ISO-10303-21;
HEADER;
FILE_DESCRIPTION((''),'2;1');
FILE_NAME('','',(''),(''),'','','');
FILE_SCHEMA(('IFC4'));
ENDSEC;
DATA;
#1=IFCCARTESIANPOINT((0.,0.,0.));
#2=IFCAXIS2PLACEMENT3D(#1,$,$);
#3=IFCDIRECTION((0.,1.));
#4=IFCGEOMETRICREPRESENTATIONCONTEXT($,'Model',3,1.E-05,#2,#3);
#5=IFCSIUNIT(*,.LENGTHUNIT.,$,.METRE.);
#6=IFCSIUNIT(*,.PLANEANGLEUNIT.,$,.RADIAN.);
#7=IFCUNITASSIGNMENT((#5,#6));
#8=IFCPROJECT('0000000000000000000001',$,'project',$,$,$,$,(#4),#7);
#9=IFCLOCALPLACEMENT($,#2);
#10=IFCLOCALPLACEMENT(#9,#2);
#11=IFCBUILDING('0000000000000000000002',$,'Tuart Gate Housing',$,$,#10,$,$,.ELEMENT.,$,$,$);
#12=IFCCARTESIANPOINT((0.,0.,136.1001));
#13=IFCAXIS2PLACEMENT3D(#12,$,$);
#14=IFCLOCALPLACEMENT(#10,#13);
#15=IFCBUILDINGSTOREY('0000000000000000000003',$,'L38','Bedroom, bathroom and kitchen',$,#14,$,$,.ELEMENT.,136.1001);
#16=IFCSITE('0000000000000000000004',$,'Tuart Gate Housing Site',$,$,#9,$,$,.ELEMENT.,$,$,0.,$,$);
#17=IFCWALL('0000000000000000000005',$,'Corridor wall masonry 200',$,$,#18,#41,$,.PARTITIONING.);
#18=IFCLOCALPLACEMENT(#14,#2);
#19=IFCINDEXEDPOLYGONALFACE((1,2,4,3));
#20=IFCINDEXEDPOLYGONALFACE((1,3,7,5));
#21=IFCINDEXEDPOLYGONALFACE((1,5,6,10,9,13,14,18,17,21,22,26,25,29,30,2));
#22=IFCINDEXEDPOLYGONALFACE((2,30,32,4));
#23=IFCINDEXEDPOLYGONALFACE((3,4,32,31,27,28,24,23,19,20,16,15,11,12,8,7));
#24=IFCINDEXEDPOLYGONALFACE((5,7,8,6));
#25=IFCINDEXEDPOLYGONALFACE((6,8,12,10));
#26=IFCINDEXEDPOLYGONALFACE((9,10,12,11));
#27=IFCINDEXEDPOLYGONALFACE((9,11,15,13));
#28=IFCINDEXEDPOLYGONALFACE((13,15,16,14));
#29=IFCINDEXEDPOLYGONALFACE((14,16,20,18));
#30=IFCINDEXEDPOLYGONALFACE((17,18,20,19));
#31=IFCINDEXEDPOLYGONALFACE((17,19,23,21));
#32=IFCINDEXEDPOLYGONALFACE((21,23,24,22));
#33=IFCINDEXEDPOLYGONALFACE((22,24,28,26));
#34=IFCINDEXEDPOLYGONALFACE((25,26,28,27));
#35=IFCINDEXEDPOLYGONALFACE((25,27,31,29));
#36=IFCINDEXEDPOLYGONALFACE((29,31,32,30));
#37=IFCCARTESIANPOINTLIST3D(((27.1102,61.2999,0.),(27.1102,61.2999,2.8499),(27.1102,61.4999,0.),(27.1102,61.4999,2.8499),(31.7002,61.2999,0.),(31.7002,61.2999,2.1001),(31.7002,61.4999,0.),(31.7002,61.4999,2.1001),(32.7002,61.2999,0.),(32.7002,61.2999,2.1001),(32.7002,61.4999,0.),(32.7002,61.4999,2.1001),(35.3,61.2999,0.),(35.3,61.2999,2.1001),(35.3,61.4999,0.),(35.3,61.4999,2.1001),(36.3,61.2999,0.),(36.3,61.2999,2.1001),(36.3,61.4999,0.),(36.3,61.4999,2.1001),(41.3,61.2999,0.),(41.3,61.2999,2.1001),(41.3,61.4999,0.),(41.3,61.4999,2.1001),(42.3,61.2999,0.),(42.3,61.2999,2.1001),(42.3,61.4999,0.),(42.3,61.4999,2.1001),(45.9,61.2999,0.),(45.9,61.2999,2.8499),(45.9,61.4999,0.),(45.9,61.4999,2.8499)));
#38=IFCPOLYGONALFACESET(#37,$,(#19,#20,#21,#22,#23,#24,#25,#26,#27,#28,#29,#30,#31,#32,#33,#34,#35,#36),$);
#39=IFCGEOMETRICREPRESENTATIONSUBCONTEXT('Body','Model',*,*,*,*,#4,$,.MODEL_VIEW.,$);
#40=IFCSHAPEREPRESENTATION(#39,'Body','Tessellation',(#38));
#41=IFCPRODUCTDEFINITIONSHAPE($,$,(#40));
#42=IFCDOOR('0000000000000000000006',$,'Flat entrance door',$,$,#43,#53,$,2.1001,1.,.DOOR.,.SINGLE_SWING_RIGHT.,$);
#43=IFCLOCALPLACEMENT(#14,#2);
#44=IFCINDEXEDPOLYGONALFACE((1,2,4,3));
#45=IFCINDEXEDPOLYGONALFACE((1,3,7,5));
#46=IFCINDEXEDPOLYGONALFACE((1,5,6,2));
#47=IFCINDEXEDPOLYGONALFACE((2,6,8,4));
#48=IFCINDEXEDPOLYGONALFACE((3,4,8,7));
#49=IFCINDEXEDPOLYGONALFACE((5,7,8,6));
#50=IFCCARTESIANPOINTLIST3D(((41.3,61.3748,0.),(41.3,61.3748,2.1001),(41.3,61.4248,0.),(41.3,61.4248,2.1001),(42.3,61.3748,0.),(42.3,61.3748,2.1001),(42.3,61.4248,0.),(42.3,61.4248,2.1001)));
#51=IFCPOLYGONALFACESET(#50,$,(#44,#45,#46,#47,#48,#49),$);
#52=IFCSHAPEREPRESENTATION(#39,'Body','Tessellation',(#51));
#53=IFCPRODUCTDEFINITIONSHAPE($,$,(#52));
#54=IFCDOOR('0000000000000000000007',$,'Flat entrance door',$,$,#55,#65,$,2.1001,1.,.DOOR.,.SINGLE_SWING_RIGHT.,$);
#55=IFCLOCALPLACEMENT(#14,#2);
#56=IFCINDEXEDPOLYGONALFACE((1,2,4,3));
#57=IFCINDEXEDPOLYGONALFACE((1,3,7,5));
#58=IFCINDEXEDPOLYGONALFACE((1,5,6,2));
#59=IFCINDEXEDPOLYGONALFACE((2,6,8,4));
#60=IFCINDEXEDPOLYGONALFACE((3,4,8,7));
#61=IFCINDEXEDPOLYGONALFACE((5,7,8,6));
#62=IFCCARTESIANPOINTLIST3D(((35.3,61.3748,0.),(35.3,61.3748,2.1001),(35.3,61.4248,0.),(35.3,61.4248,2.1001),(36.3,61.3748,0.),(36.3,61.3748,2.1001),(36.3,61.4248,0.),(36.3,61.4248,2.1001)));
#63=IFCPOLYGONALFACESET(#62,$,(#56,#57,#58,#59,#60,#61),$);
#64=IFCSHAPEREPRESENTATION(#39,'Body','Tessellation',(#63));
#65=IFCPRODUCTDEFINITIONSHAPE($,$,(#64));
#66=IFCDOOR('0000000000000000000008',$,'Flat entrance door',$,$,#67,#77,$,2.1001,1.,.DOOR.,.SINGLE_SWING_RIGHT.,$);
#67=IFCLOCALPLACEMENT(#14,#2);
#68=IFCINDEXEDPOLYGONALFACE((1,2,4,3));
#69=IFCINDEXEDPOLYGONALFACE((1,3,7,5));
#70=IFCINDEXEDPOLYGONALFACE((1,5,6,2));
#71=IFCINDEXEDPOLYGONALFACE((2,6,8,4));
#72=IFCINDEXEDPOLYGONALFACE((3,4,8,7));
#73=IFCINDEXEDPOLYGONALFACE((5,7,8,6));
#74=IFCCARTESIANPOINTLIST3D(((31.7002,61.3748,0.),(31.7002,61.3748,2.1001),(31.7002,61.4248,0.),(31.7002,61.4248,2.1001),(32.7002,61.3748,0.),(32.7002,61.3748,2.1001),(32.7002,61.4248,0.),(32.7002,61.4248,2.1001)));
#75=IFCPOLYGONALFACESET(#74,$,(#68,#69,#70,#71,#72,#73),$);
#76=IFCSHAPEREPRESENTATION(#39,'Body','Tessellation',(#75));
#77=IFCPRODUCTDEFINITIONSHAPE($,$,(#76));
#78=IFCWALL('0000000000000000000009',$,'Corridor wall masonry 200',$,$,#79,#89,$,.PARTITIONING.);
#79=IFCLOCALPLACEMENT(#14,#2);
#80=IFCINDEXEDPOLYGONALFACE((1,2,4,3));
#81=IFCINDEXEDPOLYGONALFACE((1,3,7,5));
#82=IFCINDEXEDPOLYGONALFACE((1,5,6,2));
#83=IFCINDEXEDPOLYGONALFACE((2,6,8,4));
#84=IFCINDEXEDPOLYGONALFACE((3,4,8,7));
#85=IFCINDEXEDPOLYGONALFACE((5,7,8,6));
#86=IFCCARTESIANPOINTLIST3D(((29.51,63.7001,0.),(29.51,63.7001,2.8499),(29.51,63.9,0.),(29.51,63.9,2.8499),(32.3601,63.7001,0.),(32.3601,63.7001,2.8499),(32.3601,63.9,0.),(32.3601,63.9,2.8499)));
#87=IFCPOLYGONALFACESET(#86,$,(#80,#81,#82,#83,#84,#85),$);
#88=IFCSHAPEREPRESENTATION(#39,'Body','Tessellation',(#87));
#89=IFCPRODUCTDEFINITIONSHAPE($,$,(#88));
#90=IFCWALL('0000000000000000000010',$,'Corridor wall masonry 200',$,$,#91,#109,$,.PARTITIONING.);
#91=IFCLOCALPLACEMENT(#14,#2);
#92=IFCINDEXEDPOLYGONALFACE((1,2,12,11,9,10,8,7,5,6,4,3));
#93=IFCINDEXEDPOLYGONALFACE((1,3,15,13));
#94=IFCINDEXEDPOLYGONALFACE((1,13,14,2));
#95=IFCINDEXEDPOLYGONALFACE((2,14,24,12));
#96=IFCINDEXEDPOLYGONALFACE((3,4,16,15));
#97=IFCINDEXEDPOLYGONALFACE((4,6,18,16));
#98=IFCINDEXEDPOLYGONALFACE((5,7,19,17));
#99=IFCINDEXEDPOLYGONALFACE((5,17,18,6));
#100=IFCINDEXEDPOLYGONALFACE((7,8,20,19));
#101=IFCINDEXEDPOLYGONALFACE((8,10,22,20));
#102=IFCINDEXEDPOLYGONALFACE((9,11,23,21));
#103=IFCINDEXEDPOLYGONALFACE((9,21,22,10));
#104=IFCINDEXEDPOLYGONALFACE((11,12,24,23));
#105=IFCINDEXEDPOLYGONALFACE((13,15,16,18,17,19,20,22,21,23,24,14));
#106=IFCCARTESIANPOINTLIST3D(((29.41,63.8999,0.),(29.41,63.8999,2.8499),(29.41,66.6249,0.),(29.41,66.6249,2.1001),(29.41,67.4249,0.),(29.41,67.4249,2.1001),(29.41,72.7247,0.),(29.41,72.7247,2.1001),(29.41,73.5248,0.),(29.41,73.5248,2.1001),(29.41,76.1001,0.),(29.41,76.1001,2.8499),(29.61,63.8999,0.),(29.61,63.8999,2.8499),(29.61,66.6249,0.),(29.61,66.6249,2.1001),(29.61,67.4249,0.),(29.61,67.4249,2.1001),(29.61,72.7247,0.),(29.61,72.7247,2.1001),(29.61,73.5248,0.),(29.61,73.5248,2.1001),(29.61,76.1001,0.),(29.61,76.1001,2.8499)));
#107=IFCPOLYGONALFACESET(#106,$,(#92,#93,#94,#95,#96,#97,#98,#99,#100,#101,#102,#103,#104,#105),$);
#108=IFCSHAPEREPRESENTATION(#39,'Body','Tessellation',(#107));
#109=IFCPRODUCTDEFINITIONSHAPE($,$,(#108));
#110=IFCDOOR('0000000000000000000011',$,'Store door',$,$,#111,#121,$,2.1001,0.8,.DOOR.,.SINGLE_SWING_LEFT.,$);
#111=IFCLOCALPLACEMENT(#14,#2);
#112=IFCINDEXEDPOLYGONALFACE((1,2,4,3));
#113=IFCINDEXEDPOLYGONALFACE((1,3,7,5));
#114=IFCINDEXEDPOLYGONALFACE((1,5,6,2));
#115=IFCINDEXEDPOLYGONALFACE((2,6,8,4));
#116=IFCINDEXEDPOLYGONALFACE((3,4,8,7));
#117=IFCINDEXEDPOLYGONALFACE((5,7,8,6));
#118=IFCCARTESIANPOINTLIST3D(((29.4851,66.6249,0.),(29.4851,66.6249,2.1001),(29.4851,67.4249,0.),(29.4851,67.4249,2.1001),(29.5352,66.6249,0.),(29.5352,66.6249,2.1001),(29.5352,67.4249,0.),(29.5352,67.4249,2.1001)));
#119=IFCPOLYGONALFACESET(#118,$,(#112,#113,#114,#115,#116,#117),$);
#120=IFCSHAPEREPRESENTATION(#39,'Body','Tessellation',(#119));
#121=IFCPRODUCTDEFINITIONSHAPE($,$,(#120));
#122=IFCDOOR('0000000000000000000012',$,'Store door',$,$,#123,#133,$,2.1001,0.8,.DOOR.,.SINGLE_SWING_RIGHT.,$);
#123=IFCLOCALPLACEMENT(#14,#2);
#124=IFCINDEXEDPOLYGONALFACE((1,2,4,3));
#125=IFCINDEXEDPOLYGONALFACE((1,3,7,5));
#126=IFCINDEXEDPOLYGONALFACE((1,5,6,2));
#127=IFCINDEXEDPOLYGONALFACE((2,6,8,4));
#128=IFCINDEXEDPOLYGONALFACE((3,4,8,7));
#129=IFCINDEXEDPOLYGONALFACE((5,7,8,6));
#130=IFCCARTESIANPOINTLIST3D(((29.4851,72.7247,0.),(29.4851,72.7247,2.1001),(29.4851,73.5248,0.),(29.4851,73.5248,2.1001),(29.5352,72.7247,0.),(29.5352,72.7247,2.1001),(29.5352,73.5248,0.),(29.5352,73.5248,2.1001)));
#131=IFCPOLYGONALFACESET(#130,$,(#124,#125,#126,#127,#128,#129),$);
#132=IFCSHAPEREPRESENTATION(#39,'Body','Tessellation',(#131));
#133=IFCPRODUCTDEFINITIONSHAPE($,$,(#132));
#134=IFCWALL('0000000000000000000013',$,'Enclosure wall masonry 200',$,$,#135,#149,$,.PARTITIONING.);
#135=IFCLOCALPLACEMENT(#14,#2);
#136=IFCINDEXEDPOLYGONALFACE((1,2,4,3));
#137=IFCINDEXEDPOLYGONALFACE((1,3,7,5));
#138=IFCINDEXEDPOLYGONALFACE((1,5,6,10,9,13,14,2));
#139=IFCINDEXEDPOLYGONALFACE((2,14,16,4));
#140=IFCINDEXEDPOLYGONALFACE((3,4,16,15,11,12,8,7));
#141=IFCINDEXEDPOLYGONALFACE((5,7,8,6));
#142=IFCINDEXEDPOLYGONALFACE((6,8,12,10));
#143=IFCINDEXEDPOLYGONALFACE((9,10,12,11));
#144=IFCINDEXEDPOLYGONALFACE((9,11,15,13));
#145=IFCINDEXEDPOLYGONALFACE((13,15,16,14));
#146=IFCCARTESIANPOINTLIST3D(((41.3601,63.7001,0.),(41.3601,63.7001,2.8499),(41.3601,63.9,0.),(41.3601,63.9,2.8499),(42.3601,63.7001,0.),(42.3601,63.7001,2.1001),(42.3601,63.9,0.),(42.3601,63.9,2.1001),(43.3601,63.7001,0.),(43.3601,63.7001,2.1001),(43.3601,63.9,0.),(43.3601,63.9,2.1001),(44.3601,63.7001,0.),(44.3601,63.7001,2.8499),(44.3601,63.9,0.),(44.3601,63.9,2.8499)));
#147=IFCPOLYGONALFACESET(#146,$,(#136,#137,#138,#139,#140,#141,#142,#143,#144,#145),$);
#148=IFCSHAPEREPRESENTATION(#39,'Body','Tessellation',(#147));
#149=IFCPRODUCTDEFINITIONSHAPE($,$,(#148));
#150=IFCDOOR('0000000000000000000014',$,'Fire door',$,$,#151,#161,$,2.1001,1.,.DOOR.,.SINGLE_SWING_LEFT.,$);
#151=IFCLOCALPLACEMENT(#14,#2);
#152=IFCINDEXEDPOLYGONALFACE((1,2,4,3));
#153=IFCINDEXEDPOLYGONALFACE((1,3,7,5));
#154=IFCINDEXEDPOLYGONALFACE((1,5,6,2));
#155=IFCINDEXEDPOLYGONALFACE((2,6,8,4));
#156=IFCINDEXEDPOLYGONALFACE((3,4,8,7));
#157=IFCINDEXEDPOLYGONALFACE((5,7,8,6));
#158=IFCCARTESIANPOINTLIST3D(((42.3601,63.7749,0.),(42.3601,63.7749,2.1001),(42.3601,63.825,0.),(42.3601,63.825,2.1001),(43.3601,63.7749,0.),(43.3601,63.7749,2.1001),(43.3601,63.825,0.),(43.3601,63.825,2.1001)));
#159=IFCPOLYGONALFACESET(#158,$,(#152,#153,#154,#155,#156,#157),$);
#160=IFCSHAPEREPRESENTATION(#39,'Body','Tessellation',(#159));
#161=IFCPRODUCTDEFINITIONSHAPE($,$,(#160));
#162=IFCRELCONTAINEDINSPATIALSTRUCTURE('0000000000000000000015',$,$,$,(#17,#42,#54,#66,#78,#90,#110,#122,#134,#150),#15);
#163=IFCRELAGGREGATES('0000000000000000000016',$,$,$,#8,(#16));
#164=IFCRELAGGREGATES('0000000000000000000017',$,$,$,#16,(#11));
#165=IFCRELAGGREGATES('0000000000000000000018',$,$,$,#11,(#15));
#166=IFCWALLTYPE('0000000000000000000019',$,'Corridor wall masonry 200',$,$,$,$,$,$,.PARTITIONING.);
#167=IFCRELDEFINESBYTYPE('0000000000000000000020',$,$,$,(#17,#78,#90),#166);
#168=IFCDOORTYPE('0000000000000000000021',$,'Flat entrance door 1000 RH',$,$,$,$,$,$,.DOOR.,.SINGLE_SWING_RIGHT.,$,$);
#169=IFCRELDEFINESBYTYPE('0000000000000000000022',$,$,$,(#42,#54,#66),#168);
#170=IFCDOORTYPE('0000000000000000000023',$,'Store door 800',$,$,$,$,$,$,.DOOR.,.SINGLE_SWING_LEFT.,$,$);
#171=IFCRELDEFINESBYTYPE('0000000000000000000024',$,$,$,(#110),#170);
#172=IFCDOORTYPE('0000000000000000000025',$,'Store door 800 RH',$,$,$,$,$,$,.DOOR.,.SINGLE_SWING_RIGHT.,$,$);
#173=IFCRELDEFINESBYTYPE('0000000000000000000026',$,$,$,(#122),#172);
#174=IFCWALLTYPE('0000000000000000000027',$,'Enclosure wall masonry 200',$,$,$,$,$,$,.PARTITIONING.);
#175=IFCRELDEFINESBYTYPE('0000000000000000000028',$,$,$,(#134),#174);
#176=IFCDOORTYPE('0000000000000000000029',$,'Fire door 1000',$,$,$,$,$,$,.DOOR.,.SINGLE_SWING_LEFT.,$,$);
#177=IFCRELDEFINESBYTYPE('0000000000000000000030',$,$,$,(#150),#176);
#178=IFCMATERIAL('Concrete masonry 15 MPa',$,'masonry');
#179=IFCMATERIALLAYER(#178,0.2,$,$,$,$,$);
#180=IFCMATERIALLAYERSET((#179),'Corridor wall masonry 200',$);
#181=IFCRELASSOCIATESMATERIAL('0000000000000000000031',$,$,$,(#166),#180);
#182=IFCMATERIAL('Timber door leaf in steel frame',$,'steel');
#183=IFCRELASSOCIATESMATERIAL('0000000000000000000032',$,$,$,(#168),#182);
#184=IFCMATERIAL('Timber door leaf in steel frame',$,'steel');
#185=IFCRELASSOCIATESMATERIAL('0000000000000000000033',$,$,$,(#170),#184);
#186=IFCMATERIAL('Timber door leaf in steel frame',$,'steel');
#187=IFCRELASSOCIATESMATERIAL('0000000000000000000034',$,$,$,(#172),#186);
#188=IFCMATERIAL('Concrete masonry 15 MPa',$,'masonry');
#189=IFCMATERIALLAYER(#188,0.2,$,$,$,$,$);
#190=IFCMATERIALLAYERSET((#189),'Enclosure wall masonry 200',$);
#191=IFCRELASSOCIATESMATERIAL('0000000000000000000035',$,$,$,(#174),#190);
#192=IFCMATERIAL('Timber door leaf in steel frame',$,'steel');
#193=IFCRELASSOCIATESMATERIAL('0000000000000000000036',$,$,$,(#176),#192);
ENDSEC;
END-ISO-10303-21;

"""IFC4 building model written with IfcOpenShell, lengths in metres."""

from ifc_helpers import new_model, si_unit, direction, frame, frame_2d, origin, place, context, subcontext, project, spatial, rectangle, extrude, material, layer, layer_set, type_object, element, fill, save


model = new_model("IFC4")

# Units and contexts
model_context = context("Model", 3, precision=1e-05, world=origin(), true_north=direction((0.0, 1.0)))
body_context = subcontext(model_context, "Body", "Model", "MODEL_VIEW")
ifc_project = project(units=[si_unit("LENGTHUNIT", "METRE"), si_unit("PLANEANGLEUNIT", "RADIAN")], contexts=[model_context])

# Site, building, storey
site_placement = place(None, origin())
site = spatial("IfcSite", under=ifc_project, at=site_placement, Name="Tuart Gate Housing Site", CompositionType="ELEMENT", RefElevation=0.0)
building_placement = place(site_placement, origin())
building = spatial("IfcBuilding", under=site, at=building_placement, Name="Tuart Gate Housing", CompositionType="ELEMENT")
storey_placement = place(building_placement, frame((0.0, 0.0, 136.1001)))
storey = spatial("IfcBuildingStorey", under=building, at=storey_placement, Name="L38", Description="Bedroom, bathroom and kitchen", CompositionType="ELEMENT", Elevation=136.1001)

# Wall, openings, doors
ifc_material_1 = material(Name="Concrete masonry 15 MPa", Category="masonry")
ifc_layer_1 = layer(ifc_material_1, 0.2)
ifc_layer_set_1 = layer_set([ifc_layer_1], Name="Corridor wall masonry 200")
wall_type_1 = type_object("IfcWallType", Name="Corridor wall masonry 200", PredefinedType="PARTITIONING", material=ifc_layer_set_1)
wall_1_placement = place(storey_placement, frame((27.1101, 61.3999, 0.0), z_axis=(0.0, 0.0, 1.0), x_axis=(1.0, 0.0, 0.0)))
wall_1 = element("IfcWall", 1, at=wall_1_placement, inside=storey, type_object=wall_type_1, Name="Corridor wall masonry 200", PredefinedType="PARTITIONING", context=body_context, shape_type="SweptSolid", body=[
    extrude(rectangle(XDim=18.7898, YDim=0.2, at=frame_2d((9.395, 0.0))), origin(), (0.0, 0.0, 1.0), 2.8499),
])
opening_1_placement = place(wall_1_placement, frame((14.1899, 0.0, 0.0)))
opening_1 = element("IfcOpeningElement", 2, at=opening_1_placement, cuts=wall_1, PredefinedType="OPENING", context=body_context, shape_type="SweptSolid", body=[
    extrude(rectangle(XDim=1.0, YDim=2.1001, at=frame_2d((0.5, 1.05))), frame((0.0, 0.1099, 0.0), z_axis=(0.0, -1.0, 0.0), x_axis=(1.0, 0.0, 0.0)), (0.0, 0.0, 1.0), 0.22),
])
opening_2_placement = place(wall_1_placement, frame((8.1899, 0.0, 0.0)))
opening_2 = element("IfcOpeningElement", 3, at=opening_2_placement, cuts=wall_1, PredefinedType="OPENING", context=body_context, shape_type="SweptSolid", body=[
    extrude(rectangle(XDim=1.0, YDim=2.1001, at=frame_2d((0.5, 1.05))), frame((0.0, 0.1099, 0.0), z_axis=(0.0, -1.0, 0.0), x_axis=(1.0, 0.0, 0.0)), (0.0, 0.0, 1.0), 0.22),
])
opening_3_placement = place(wall_1_placement, frame((4.5901, 0.0, 0.0)))
opening_3 = element("IfcOpeningElement", 4, at=opening_3_placement, cuts=wall_1, PredefinedType="OPENING", context=body_context, shape_type="SweptSolid", body=[
    extrude(rectangle(XDim=1.0, YDim=2.1001, at=frame_2d((0.5, 1.05))), frame((0.0, 0.1099, 0.0), z_axis=(0.0, -1.0, 0.0), x_axis=(1.0, 0.0, 0.0)), (0.0, 0.0, 1.0), 0.22),
])
ifc_material_2 = material(Name="Timber door leaf in steel frame", Category="steel")
door_type_1 = type_object("IfcDoorType", Name="Flat entrance door 1000 RH", OperationType="SINGLE_SWING_RIGHT", PredefinedType="DOOR", material=ifc_material_2)
door_1_placement = place(opening_1_placement, frame((1.0, 0.0, 0.0), z_axis=(0.0, 0.0, 1.0), x_axis=(-1.0, 0.0, 0.0)))
door_1 = element("IfcDoor", 5, at=door_1_placement, inside=storey, type_object=door_type_1, Name="Flat entrance door", OperationType="SINGLE_SWING_RIGHT", OverallHeight=2.1001, OverallWidth=1.0, PredefinedType="DOOR", context=body_context, shape_type="SweptSolid", body=[
    extrude(rectangle(XDim=1.0, YDim=2.1001, at=frame_2d((0.5, 1.05))), frame((0.0, 0.0251, 0.0), z_axis=(0.0, -1.0, 0.0), x_axis=(1.0, 0.0, 0.0)), (0.0, 0.0, 1.0), 0.05),
])
fill(opening_1, door_1)
door_2_placement = place(opening_2_placement, frame((1.0, 0.0, 0.0), z_axis=(0.0, 0.0, 1.0), x_axis=(-1.0, 0.0, 0.0)))
door_2 = element("IfcDoor", 6, at=door_2_placement, inside=storey, type_object=door_type_1, Name="Flat entrance door", OperationType="SINGLE_SWING_RIGHT", OverallHeight=2.1001, OverallWidth=1.0, PredefinedType="DOOR", context=body_context, shape_type="SweptSolid", body=[
    extrude(rectangle(XDim=1.0, YDim=2.1001, at=frame_2d((0.5, 1.05))), frame((0.0, 0.0251, 0.0), z_axis=(0.0, -1.0, 0.0), x_axis=(1.0, 0.0, 0.0)), (0.0, 0.0, 1.0), 0.05),
])
fill(opening_2, door_2)
door_3_placement = place(opening_3_placement, frame((1.0, 0.0, 0.0), z_axis=(0.0, 0.0, 1.0), x_axis=(-1.0, 0.0, 0.0)))
door_3 = element("IfcDoor", 7, at=door_3_placement, inside=storey, type_object=door_type_1, Name="Flat entrance door", OperationType="SINGLE_SWING_RIGHT", OverallHeight=2.1001, OverallWidth=1.0, PredefinedType="DOOR", context=body_context, shape_type="SweptSolid", body=[
    extrude(rectangle(XDim=1.0, YDim=2.1001, at=frame_2d((0.5, 1.05))), frame((0.0, 0.0251, 0.0), z_axis=(0.0, -1.0, 0.0), x_axis=(1.0, 0.0, 0.0)), (0.0, 0.0, 1.0), 0.05),
])
fill(opening_3, door_3)

# Wall
wall_2_placement = place(storey_placement, frame((29.51, 63.8, 0.0), z_axis=(0.0, 0.0, 1.0), x_axis=(1.0, 0.0, 0.0)))
element("IfcWall", 8, at=wall_2_placement, inside=storey, type_object=wall_type_1, Name="Corridor wall masonry 200", PredefinedType="PARTITIONING", context=body_context, shape_type="SweptSolid", body=[
    extrude(rectangle(XDim=2.8501, YDim=0.2, at=frame_2d((1.425, 0.0))), origin(), (0.0, 0.0, 1.0), 2.8499),
])

# Wall, openings, doors
wall_3_placement = place(storey_placement, frame((29.51, 63.8999, 0.0), z_axis=(0.0, 0.0, 1.0), x_axis=(0.0, 1.0, 0.0)))
wall_3 = element("IfcWall", 9, at=wall_3_placement, inside=storey, type_object=wall_type_1, Name="Corridor wall masonry 200", PredefinedType="PARTITIONING", context=body_context, shape_type="SweptSolid", body=[
    extrude(rectangle(XDim=12.2002, YDim=0.2, at=frame_2d((6.1001, 0.0))), origin(), (0.0, 0.0, 1.0), 2.8499),
])
opening_4_placement = place(wall_3_placement, frame((2.7251, 0.0, 0.0)))
opening_4 = element("IfcOpeningElement", 10, at=opening_4_placement, cuts=wall_3, PredefinedType="OPENING", context=body_context, shape_type="SweptSolid", body=[
    extrude(rectangle(XDim=0.8, YDim=2.1001, at=frame_2d((0.3999, 1.05))), frame((0.0, 0.1099, 0.0), z_axis=(0.0, -1.0, 0.0), x_axis=(1.0, 0.0, 0.0)), (0.0, 0.0, 1.0), 0.22),
])
opening_5_placement = place(wall_3_placement, frame((8.825, 0.0, 0.0)))
opening_5 = element("IfcOpeningElement", 11, at=opening_5_placement, cuts=wall_3, PredefinedType="OPENING", context=body_context, shape_type="SweptSolid", body=[
    extrude(rectangle(XDim=0.8, YDim=2.1001, at=frame_2d((0.3999, 1.05))), frame((0.0, 0.1099, 0.0), z_axis=(0.0, -1.0, 0.0), x_axis=(1.0, 0.0, 0.0)), (0.0, 0.0, 1.0), 0.22),
])
ifc_material_3 = material(Name="Timber door leaf in steel frame", Category="steel")
door_type_2 = type_object("IfcDoorType", Name="Store door 800", OperationType="SINGLE_SWING_LEFT", PredefinedType="DOOR", material=ifc_material_3)
door_4_placement = place(opening_4_placement, frame((0.8, 0.0, 0.0), z_axis=(0.0, 0.0, 1.0), x_axis=(-1.0, 0.0, 0.0)))
door_4 = element("IfcDoor", 12, at=door_4_placement, inside=storey, type_object=door_type_2, Name="Store door", OperationType="SINGLE_SWING_LEFT", OverallHeight=2.1001, OverallWidth=0.8, PredefinedType="DOOR", context=body_context, shape_type="SweptSolid", body=[
    extrude(rectangle(XDim=0.8, YDim=2.1001, at=frame_2d((0.4001, 1.05))), frame((0.0, 0.0251, 0.0), z_axis=(0.0, -1.0, 0.0), x_axis=(1.0, 0.0, 0.0)), (0.0, 0.0, 1.0), 0.05),
])
fill(opening_4, door_4)
ifc_material_4 = material(Name="Timber door leaf in steel frame", Category="steel")
door_type_3 = type_object("IfcDoorType", Name="Store door 800 RH", OperationType="SINGLE_SWING_RIGHT", PredefinedType="DOOR", material=ifc_material_4)
door_5_placement = place(opening_5_placement, frame((0.8, 0.0, 0.0), z_axis=(0.0, 0.0, 1.0), x_axis=(-1.0, 0.0, 0.0)))
door_5 = element("IfcDoor", 13, at=door_5_placement, inside=storey, type_object=door_type_3, Name="Store door", OperationType="SINGLE_SWING_RIGHT", OverallHeight=2.1001, OverallWidth=0.8, PredefinedType="DOOR", context=body_context, shape_type="SweptSolid", body=[
    extrude(rectangle(XDim=0.8, YDim=2.1001, at=frame_2d((0.4001, 1.05))), frame((0.0, 0.0251, 0.0), z_axis=(0.0, -1.0, 0.0), x_axis=(1.0, 0.0, 0.0)), (0.0, 0.0, 1.0), 0.05),
])
fill(opening_5, door_5)

# Wall, opening, door
ifc_material_5 = material(Name="Concrete masonry 15 MPa", Category="masonry")
ifc_layer_2 = layer(ifc_material_5, 0.2)
ifc_layer_set_2 = layer_set([ifc_layer_2], Name="Enclosure wall masonry 200")
wall_type_2 = type_object("IfcWallType", Name="Enclosure wall masonry 200", PredefinedType="PARTITIONING", material=ifc_layer_set_2)
wall_4_placement = place(storey_placement, frame((41.3601, 63.8, 0.0), z_axis=(0.0, 0.0, 1.0), x_axis=(1.0, 0.0, 0.0)))
wall_4 = element("IfcWall", 14, at=wall_4_placement, inside=storey, type_object=wall_type_2, Name="Enclosure wall masonry 200", PredefinedType="PARTITIONING", context=body_context, shape_type="SweptSolid", body=[
    extrude(rectangle(XDim=3.0, YDim=0.2, at=frame_2d((1.5, 0.0))), origin(), (0.0, 0.0, 1.0), 2.8499),
])
opening_6_placement = place(wall_4_placement, frame((1.0, 0.0, 0.0)))
opening_6 = element("IfcOpeningElement", 15, at=opening_6_placement, cuts=wall_4, PredefinedType="OPENING", context=body_context, shape_type="SweptSolid", body=[
    extrude(rectangle(XDim=1.0, YDim=2.1001, at=frame_2d((0.5, 1.05))), frame((0.0, 0.1099, 0.0), z_axis=(0.0, -1.0, 0.0), x_axis=(1.0, 0.0, 0.0)), (0.0, 0.0, 1.0), 0.22),
])
ifc_material_6 = material(Name="Timber door leaf in steel frame", Category="steel")
door_type_4 = type_object("IfcDoorType", Name="Fire door 1000", OperationType="SINGLE_SWING_LEFT", PredefinedType="DOOR", material=ifc_material_6)
door_6_placement = place(opening_6_placement, frame((1.0, 0.0, 0.0), z_axis=(0.0, 0.0, 1.0), x_axis=(-1.0, 0.0, 0.0)))
door_6 = element("IfcDoor", 16, at=door_6_placement, inside=storey, type_object=door_type_4, Name="Fire door", OperationType="SINGLE_SWING_LEFT", OverallHeight=2.1001, OverallWidth=1.0, PredefinedType="DOOR", context=body_context, shape_type="SweptSolid", body=[
    extrude(rectangle(XDim=1.0, YDim=2.1001, at=frame_2d((0.5, 1.05))), frame((0.0, 0.0251, 0.0), z_axis=(0.0, -1.0, 0.0), x_axis=(1.0, 0.0, 0.0)), (0.0, 0.0, 1.0), 0.05),
])
fill(opening_6, door_6)

save(model, "model.ifc")
